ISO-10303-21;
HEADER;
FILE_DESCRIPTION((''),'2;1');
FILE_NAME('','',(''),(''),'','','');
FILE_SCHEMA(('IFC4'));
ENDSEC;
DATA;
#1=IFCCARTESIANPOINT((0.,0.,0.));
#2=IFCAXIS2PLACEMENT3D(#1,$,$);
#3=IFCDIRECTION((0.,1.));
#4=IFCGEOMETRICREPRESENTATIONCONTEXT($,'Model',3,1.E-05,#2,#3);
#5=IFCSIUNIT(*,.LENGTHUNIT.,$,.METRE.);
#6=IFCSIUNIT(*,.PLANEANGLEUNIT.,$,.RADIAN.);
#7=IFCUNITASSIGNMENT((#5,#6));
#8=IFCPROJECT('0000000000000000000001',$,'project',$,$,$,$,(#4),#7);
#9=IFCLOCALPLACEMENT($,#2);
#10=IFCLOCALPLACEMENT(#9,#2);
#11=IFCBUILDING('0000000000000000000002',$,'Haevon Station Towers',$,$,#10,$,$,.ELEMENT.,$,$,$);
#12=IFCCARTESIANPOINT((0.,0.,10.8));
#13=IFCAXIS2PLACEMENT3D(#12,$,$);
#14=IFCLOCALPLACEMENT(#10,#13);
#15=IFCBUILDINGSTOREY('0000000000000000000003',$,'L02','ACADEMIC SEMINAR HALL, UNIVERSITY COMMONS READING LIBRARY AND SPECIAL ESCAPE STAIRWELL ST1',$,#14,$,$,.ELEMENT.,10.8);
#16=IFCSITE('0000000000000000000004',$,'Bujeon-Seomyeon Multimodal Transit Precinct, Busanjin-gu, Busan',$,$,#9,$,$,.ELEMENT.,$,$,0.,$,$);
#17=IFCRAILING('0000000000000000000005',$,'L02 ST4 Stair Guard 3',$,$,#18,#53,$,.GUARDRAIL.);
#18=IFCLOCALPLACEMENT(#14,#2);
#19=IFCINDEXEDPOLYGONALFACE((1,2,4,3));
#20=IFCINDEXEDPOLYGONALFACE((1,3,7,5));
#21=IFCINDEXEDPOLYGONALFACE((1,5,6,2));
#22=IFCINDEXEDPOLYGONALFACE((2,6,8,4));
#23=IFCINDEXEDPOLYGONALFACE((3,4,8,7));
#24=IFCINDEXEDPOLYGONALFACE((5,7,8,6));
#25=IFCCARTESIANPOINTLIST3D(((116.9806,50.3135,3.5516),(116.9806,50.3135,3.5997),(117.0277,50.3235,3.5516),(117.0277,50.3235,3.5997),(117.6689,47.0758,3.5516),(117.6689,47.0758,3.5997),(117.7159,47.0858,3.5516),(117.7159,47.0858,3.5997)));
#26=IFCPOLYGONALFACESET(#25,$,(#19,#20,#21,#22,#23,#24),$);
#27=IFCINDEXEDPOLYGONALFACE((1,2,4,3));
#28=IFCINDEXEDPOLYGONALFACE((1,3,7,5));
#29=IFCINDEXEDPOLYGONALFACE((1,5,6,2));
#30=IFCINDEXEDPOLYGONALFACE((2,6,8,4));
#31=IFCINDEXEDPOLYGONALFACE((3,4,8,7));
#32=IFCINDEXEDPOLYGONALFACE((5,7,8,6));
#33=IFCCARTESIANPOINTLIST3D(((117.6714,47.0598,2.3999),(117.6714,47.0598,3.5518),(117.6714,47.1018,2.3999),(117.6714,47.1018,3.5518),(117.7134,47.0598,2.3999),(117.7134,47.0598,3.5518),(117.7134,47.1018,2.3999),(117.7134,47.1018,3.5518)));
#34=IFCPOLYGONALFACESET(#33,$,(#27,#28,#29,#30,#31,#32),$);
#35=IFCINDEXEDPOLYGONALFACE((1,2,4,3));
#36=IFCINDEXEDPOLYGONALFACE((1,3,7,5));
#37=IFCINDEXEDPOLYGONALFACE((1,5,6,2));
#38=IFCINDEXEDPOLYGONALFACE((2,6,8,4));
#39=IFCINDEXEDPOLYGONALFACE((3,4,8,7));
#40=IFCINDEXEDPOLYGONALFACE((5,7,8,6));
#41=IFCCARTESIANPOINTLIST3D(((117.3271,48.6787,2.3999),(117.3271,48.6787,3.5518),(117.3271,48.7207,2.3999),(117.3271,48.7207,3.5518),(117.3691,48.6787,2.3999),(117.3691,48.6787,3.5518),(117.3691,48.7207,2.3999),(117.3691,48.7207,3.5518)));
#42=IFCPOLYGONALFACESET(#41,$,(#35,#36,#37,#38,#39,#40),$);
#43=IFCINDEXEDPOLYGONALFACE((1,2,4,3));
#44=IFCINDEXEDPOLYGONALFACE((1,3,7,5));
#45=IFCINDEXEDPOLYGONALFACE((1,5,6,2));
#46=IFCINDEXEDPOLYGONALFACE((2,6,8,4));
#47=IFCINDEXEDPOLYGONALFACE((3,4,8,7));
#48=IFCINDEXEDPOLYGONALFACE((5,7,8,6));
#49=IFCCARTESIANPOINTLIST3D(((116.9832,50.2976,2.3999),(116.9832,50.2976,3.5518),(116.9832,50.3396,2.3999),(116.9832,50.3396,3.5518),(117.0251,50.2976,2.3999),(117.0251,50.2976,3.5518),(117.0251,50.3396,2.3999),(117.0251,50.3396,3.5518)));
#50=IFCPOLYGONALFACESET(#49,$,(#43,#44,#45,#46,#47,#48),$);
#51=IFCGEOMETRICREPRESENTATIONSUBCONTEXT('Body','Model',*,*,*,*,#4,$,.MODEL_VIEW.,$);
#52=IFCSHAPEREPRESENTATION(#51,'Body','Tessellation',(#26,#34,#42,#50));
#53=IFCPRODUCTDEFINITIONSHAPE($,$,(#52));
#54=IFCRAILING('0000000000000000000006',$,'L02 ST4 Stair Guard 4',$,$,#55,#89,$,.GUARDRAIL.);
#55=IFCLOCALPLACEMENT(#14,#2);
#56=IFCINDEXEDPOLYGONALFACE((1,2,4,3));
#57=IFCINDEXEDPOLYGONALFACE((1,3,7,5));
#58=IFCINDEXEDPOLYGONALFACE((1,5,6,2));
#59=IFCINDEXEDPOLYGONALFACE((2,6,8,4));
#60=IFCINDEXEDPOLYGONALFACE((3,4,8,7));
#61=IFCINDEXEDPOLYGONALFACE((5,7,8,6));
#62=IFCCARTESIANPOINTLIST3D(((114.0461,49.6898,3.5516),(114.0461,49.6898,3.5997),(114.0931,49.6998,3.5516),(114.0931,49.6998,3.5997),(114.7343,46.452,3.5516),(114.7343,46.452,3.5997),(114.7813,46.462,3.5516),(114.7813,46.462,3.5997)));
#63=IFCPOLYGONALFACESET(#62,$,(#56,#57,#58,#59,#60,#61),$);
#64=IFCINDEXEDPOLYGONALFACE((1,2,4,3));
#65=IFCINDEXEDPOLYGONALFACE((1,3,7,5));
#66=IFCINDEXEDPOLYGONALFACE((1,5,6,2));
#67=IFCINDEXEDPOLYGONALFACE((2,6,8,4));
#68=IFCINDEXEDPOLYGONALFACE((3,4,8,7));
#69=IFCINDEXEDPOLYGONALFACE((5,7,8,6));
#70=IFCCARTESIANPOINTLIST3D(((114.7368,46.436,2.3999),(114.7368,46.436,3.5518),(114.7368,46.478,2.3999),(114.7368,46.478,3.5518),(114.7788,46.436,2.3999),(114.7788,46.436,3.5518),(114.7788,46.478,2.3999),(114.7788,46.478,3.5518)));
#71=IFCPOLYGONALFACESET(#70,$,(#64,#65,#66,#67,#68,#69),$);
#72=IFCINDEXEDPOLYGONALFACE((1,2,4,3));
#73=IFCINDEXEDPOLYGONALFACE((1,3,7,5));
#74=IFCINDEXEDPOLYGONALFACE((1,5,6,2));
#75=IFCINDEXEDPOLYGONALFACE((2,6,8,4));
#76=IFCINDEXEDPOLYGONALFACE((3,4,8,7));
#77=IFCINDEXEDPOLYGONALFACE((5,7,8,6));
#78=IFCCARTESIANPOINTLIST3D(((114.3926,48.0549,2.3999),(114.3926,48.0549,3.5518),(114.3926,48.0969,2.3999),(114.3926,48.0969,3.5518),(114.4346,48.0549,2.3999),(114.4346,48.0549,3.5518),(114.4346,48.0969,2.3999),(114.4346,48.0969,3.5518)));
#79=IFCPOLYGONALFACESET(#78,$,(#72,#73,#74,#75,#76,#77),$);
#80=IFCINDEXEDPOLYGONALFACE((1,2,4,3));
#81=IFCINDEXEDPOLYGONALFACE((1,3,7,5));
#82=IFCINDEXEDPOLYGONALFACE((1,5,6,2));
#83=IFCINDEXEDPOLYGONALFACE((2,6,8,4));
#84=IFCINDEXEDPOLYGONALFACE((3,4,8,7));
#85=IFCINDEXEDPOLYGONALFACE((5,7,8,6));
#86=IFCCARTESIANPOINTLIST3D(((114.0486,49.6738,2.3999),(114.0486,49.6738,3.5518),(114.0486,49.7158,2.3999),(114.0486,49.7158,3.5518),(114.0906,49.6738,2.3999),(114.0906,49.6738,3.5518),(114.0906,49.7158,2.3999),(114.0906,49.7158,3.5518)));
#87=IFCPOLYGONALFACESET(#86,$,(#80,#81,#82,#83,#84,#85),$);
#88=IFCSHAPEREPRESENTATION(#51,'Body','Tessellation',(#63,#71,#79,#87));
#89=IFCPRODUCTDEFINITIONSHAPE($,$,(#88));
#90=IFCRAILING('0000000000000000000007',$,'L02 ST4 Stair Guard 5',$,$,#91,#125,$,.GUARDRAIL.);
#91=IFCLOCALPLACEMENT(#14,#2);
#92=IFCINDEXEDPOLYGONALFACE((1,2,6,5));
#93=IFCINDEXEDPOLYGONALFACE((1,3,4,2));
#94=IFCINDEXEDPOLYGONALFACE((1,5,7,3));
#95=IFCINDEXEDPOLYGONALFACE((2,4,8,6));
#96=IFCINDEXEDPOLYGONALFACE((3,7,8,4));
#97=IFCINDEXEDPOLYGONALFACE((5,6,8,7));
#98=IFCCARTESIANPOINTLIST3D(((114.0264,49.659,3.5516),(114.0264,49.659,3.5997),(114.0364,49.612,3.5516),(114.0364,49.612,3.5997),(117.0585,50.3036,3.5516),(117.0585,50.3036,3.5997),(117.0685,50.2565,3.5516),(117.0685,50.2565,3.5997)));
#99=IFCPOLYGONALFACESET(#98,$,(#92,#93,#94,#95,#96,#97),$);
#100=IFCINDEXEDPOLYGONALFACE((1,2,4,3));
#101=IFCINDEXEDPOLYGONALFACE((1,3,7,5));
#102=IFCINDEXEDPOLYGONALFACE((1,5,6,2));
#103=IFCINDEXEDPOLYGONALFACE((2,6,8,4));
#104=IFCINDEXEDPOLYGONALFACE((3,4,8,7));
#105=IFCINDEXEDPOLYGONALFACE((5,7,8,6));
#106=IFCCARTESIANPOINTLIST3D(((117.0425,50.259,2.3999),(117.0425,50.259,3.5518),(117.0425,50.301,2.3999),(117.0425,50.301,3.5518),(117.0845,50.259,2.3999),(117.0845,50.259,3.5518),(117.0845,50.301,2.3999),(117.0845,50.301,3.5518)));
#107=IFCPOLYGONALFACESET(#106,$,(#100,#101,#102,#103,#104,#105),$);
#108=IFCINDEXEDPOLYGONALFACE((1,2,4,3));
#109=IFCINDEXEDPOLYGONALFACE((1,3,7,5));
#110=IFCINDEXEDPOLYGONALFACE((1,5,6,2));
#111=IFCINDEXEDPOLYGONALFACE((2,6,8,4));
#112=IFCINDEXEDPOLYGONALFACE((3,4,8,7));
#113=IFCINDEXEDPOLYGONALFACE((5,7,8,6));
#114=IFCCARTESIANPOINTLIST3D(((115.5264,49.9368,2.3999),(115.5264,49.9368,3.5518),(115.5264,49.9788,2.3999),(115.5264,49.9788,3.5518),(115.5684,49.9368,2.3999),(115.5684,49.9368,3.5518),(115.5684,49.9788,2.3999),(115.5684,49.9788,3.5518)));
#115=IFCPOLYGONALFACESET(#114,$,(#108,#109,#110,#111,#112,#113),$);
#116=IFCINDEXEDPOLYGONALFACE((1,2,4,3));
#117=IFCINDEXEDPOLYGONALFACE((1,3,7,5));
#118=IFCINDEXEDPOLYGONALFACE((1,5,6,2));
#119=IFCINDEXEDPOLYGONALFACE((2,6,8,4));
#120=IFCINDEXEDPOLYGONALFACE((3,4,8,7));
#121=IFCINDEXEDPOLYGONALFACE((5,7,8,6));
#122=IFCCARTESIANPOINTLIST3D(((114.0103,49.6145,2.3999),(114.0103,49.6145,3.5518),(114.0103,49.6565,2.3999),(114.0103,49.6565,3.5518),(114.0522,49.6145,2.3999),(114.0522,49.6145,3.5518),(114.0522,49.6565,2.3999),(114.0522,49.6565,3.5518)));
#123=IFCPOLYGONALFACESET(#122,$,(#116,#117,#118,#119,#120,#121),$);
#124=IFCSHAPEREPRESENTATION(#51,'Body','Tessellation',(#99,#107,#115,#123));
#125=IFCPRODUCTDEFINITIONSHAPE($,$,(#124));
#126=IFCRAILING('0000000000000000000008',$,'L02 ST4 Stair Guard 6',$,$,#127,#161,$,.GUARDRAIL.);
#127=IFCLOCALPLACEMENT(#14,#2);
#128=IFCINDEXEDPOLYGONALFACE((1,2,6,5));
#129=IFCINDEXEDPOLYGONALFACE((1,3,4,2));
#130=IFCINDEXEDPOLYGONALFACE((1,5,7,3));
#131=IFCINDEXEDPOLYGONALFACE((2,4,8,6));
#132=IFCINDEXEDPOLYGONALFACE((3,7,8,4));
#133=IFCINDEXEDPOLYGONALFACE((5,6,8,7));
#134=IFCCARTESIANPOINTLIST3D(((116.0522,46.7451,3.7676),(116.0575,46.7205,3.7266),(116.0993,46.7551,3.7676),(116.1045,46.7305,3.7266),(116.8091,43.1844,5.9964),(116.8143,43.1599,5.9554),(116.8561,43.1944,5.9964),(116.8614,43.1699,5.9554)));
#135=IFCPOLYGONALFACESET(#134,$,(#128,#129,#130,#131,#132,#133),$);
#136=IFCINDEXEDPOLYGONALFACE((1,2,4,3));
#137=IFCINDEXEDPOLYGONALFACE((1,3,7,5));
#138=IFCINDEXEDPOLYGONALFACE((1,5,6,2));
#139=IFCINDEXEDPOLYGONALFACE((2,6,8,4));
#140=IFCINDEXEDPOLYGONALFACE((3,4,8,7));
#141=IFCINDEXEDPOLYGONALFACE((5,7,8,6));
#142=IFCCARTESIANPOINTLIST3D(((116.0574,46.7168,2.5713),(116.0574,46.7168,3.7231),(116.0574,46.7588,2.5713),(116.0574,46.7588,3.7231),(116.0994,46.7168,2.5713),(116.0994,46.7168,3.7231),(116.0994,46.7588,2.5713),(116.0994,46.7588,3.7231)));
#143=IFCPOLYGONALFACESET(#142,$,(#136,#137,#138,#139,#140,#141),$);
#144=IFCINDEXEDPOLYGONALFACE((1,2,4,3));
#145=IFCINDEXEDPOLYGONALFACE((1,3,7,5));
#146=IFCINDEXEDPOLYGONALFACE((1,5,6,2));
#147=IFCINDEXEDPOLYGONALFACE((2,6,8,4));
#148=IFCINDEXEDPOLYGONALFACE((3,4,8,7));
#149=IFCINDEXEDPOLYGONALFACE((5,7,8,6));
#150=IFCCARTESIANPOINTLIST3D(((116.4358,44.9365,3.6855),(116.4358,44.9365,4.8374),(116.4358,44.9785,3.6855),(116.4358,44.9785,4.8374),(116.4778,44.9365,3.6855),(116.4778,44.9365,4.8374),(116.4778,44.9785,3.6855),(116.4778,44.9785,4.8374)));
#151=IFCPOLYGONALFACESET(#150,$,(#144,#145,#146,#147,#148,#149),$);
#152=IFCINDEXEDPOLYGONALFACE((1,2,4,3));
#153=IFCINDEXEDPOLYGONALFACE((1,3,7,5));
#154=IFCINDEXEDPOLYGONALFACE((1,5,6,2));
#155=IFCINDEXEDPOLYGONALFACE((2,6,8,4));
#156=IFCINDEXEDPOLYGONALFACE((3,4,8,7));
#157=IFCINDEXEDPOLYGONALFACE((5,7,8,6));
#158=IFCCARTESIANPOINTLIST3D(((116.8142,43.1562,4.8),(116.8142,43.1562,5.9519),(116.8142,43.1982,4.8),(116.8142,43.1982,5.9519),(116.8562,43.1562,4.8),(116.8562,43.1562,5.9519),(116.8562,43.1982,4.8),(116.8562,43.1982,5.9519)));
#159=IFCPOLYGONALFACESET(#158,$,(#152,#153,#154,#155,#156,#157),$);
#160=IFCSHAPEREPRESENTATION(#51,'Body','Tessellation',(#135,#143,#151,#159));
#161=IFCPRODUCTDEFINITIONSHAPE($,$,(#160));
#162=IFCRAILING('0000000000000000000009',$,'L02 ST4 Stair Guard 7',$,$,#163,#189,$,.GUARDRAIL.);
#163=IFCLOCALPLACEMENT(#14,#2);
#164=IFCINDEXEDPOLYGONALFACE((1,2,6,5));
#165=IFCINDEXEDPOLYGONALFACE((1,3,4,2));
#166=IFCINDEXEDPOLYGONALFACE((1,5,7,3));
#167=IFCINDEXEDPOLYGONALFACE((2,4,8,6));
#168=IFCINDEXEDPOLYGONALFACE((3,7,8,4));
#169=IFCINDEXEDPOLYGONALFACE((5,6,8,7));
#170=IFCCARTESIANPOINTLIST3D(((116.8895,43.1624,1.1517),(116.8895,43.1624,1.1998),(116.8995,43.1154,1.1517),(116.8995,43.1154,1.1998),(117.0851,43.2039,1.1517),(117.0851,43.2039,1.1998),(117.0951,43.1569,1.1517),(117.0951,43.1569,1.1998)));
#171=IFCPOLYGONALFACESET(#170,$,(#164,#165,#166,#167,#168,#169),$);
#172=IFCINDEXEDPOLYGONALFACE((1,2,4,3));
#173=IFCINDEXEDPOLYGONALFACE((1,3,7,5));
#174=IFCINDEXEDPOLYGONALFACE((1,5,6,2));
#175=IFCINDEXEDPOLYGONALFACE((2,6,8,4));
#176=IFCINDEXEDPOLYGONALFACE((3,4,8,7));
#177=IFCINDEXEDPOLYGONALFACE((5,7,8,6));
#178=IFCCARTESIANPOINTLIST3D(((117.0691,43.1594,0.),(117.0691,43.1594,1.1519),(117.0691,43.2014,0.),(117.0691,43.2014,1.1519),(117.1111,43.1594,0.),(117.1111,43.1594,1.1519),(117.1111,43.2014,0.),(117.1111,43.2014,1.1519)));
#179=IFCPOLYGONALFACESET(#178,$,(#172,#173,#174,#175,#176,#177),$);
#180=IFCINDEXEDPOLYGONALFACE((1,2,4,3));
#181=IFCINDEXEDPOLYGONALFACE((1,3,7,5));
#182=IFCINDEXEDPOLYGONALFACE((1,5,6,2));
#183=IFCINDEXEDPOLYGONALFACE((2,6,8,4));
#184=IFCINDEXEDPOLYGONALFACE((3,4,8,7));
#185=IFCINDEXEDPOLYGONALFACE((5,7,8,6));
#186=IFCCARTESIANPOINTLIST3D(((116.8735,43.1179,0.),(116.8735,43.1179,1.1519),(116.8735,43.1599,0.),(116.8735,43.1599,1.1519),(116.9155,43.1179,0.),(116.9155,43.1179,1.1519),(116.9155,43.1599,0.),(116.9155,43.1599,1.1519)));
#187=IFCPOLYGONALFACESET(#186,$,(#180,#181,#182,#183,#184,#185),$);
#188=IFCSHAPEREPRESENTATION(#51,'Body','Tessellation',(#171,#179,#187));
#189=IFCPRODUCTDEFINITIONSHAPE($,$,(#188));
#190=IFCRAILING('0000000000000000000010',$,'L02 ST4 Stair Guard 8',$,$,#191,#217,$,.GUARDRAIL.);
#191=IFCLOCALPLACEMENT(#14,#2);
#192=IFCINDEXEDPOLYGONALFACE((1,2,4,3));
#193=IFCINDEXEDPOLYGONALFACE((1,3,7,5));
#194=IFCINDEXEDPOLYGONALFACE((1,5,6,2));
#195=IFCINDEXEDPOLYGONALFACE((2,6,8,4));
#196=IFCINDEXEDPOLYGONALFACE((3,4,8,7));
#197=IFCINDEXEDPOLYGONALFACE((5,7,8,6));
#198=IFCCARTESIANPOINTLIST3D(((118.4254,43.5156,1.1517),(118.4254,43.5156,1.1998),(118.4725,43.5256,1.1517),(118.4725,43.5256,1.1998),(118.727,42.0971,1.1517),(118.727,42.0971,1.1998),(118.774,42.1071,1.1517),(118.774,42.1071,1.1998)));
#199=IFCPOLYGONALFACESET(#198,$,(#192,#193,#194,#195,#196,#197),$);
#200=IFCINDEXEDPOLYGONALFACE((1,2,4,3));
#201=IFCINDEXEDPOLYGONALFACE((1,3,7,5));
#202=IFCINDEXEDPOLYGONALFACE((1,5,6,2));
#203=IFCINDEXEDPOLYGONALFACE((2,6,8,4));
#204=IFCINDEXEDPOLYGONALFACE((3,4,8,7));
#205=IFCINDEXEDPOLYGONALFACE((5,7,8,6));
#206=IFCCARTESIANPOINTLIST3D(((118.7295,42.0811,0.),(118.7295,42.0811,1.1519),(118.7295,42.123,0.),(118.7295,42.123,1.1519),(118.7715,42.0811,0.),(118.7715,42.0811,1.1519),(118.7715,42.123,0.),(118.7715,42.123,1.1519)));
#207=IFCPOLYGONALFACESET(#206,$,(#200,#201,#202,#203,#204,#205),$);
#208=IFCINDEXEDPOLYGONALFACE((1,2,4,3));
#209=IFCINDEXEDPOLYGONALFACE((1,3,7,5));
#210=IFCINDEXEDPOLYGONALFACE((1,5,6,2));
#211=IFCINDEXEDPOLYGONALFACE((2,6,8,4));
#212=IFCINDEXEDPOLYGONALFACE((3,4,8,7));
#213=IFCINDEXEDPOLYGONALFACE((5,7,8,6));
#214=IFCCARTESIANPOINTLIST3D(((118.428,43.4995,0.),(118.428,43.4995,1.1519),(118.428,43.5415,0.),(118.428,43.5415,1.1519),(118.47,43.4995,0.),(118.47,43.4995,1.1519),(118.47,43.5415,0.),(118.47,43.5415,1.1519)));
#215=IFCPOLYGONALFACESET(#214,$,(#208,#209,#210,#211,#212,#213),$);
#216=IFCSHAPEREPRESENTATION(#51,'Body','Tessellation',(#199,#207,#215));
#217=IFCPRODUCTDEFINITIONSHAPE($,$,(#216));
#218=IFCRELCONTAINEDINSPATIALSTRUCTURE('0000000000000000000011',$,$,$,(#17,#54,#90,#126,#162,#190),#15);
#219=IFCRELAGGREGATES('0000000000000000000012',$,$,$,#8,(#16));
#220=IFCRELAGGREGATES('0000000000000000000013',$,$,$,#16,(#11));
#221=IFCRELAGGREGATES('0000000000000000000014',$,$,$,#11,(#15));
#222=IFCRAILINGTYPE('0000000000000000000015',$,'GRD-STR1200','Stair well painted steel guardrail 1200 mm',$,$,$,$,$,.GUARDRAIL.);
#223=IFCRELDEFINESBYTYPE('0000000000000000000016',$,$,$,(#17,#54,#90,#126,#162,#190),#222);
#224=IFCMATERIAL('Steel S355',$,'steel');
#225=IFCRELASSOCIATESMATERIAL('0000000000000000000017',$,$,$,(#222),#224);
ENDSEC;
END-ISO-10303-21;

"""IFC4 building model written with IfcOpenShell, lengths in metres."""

from ifc_helpers import new_model, si_unit, direction, frame, origin, origin_2d, place, context, subcontext, project, spatial, rectangle, extrude, material, type_object, element, save


model = new_model("IFC4")

# Units and contexts
model_context = context("Model", 3, precision=1e-05, world=origin(), true_north=direction((0.0, 1.0)))
body_context = subcontext(model_context, "Body", "Model", "MODEL_VIEW")
ifc_project = project(units=[si_unit("LENGTHUNIT", "METRE"), si_unit("PLANEANGLEUNIT", "RADIAN")], contexts=[model_context])

# Site, building, storey
site_placement = place(None, origin())
site = spatial("IfcSite", under=ifc_project, at=site_placement, Name="Bujeon-Seomyeon Multimodal Transit Precinct, Busanjin-gu, Busan", CompositionType="ELEMENT", RefElevation=0.0)
building_placement = place(site_placement, origin())
building = spatial("IfcBuilding", under=site, at=building_placement, Name="Haevon Station Towers", CompositionType="ELEMENT")
storey_placement = place(building_placement, frame((0.0, 0.0, 10.8)))
storey = spatial("IfcBuildingStorey", under=building, at=storey_placement, Name="L02", Description="ACADEMIC SEMINAR HALL, UNIVERSITY COMMONS READING LIBRARY AND SPECIAL ESCAPE STAIRWELL ST1", CompositionType="ELEMENT", Elevation=10.8)

# Shared definitions
ifc_material_1 = material(Name="Steel S355", Category="steel")

# Railings
railing_type_1 = type_object("IfcRailingType", Name="GRD-STR1200", Description="Stair well painted steel guardrail 1200 mm", PredefinedType="GUARDRAIL", material=ifc_material_1)
for number, where, name in (
    (1, (117.6924, 47.0808, 2.3999), "L02 ST4 Stair Guard 3"),
    (2, (114.7578, 46.457, 2.3999), "L02 ST4 Stair Guard 4"),
):
    element("IfcRailing", number, at=place(storey_placement, frame(where)), inside=storey, type_object=railing_type_1, Name=name, PredefinedType="GUARDRAIL", context=body_context, shape_type="SweptSolid", body=[
        extrude(rectangle(XDim=0.0481, YDim=0.0481, at=origin_2d()), frame((0.0, 0.0, 1.1758), z_axis=(-0.207917, 0.978146, 0.0), x_axis=(-0.978146, -0.207917, 0.0)), (0.0, 0.0, 1.0), 3.3101),
        extrude(rectangle(XDim=0.042, YDim=0.042, at=origin_2d()), origin(), (0.0, 0.0, 1.0), 1.1519),
        extrude(rectangle(XDim=0.042, YDim=0.042, at=origin_2d()), frame((-0.3442, 1.6189, 0.0)), (0.0, 0.0, 1.0), 1.1519),
        extrude(rectangle(XDim=0.042, YDim=0.042, at=origin_2d()), frame((-0.6882, 3.2378, 0.0)), (0.0, 0.0, 1.0), 1.1519),
    ])
railing_1_placement = place(storey_placement, frame((117.0635, 50.28, 2.3999)))
element("IfcRailing", 3, at=railing_1_placement, inside=storey, type_object=railing_type_1, Name="L02 ST4 Stair Guard 5", PredefinedType="GUARDRAIL", context=body_context, shape_type="SweptSolid", body=[
    extrude(rectangle(XDim=0.0481, YDim=0.0481, at=origin_2d()), frame((0.0, 0.0, 1.1758), z_axis=(-0.978147, -0.207915, 0.0), x_axis=(0.207915, -0.978147, 0.0)), (0.0, 0.0, 1.0), 3.0999),
    extrude(rectangle(XDim=0.042, YDim=0.042, at=origin_2d()), origin(), (0.0, 0.0, 1.0), 1.1519),
    extrude(rectangle(XDim=0.042, YDim=0.042, at=origin_2d()), frame((-1.5161, -0.3223, 0.0)), (0.0, 0.0, 1.0), 1.1519),
    extrude(rectangle(XDim=0.042, YDim=0.042, at=origin_2d()), frame((-3.0322, -0.6445, 0.0)), (0.0, 0.0, 1.0), 1.1519),
])
railing_2_placement = place(storey_placement, frame((116.0784, 46.7378, 2.5713)))
element("IfcRailing", 4, at=railing_2_placement, inside=storey, type_object=railing_type_1, Name="L02 ST4 Stair Guard 6", PredefinedType="GUARDRAIL", context=body_context, shape_type="SweptSolid", body=[
    extrude(rectangle(XDim=0.0481, YDim=0.0481, at=origin_2d()), frame((0.0, 0.0, 1.1758), z_axis=(0.177319, -0.8342, 0.522176), x_axis=(0.978147, 0.207917, 0.0)), (0.0, 0.0, 1.0), 4.2683),
    extrude(rectangle(XDim=0.042, YDim=0.042, at=origin_2d()), origin(), (0.0, 0.0, 1.0), 1.1519),
    extrude(rectangle(XDim=0.042, YDim=0.042, at=origin_2d()), frame((0.3784, -1.7803, 1.1143)), (0.0, 0.0, 1.0), 1.1519),
    extrude(rectangle(XDim=0.042, YDim=0.042, at=origin_2d()), frame((0.7568, -3.5605, 2.2288)), (0.0, 0.0, 1.0), 1.1519),
])
railing_3_placement = place(storey_placement, frame((117.0901, 43.1804, 0.0)))
element("IfcRailing", 5, at=railing_3_placement, inside=storey, type_object=railing_type_1, Name="L02 ST4 Stair Guard 7", PredefinedType="GUARDRAIL", context=body_context, shape_type="SweptSolid", body=[
    extrude(rectangle(XDim=0.0481, YDim=0.0481, at=origin_2d()), frame((0.0, 0.0, 1.1758), z_axis=(-0.978212, -0.20761, 0.0), x_axis=(0.20761, -0.978212, 0.0)), (0.0, 0.0, 1.0), 0.2),
    extrude(rectangle(XDim=0.042, YDim=0.042, at=origin_2d()), origin(), (0.0, 0.0, 1.0), 1.1519),
    extrude(rectangle(XDim=0.042, YDim=0.042, at=origin_2d()), frame((-0.1956, -0.0415, 0.0)), (0.0, 0.0, 1.0), 1.1519),
])
railing_4_placement = place(storey_placement, frame((118.7505, 42.1021, 0.0)))
element("IfcRailing", 6, at=railing_4_placement, inside=storey, type_object=railing_type_1, Name="L02 ST4 Stair Guard 8", PredefinedType="GUARDRAIL", context=body_context, shape_type="SweptSolid", body=[
    extrude(rectangle(XDim=0.0481, YDim=0.0481, at=origin_2d()), frame((0.0, 0.0, 1.1758), z_axis=(-0.207919, 0.978146, 0.0), x_axis=(-0.978146, -0.207919, 0.0)), (0.0, 0.0, 1.0), 1.4502),
    extrude(rectangle(XDim=0.042, YDim=0.042, at=origin_2d()), origin(), (0.0, 0.0, 1.0), 1.1519),
    extrude(rectangle(XDim=0.042, YDim=0.042, at=origin_2d()), frame((-0.3015, 1.4185, 0.0)), (0.0, 0.0, 1.0), 1.1519),
])

save(model, "model.ifc")
